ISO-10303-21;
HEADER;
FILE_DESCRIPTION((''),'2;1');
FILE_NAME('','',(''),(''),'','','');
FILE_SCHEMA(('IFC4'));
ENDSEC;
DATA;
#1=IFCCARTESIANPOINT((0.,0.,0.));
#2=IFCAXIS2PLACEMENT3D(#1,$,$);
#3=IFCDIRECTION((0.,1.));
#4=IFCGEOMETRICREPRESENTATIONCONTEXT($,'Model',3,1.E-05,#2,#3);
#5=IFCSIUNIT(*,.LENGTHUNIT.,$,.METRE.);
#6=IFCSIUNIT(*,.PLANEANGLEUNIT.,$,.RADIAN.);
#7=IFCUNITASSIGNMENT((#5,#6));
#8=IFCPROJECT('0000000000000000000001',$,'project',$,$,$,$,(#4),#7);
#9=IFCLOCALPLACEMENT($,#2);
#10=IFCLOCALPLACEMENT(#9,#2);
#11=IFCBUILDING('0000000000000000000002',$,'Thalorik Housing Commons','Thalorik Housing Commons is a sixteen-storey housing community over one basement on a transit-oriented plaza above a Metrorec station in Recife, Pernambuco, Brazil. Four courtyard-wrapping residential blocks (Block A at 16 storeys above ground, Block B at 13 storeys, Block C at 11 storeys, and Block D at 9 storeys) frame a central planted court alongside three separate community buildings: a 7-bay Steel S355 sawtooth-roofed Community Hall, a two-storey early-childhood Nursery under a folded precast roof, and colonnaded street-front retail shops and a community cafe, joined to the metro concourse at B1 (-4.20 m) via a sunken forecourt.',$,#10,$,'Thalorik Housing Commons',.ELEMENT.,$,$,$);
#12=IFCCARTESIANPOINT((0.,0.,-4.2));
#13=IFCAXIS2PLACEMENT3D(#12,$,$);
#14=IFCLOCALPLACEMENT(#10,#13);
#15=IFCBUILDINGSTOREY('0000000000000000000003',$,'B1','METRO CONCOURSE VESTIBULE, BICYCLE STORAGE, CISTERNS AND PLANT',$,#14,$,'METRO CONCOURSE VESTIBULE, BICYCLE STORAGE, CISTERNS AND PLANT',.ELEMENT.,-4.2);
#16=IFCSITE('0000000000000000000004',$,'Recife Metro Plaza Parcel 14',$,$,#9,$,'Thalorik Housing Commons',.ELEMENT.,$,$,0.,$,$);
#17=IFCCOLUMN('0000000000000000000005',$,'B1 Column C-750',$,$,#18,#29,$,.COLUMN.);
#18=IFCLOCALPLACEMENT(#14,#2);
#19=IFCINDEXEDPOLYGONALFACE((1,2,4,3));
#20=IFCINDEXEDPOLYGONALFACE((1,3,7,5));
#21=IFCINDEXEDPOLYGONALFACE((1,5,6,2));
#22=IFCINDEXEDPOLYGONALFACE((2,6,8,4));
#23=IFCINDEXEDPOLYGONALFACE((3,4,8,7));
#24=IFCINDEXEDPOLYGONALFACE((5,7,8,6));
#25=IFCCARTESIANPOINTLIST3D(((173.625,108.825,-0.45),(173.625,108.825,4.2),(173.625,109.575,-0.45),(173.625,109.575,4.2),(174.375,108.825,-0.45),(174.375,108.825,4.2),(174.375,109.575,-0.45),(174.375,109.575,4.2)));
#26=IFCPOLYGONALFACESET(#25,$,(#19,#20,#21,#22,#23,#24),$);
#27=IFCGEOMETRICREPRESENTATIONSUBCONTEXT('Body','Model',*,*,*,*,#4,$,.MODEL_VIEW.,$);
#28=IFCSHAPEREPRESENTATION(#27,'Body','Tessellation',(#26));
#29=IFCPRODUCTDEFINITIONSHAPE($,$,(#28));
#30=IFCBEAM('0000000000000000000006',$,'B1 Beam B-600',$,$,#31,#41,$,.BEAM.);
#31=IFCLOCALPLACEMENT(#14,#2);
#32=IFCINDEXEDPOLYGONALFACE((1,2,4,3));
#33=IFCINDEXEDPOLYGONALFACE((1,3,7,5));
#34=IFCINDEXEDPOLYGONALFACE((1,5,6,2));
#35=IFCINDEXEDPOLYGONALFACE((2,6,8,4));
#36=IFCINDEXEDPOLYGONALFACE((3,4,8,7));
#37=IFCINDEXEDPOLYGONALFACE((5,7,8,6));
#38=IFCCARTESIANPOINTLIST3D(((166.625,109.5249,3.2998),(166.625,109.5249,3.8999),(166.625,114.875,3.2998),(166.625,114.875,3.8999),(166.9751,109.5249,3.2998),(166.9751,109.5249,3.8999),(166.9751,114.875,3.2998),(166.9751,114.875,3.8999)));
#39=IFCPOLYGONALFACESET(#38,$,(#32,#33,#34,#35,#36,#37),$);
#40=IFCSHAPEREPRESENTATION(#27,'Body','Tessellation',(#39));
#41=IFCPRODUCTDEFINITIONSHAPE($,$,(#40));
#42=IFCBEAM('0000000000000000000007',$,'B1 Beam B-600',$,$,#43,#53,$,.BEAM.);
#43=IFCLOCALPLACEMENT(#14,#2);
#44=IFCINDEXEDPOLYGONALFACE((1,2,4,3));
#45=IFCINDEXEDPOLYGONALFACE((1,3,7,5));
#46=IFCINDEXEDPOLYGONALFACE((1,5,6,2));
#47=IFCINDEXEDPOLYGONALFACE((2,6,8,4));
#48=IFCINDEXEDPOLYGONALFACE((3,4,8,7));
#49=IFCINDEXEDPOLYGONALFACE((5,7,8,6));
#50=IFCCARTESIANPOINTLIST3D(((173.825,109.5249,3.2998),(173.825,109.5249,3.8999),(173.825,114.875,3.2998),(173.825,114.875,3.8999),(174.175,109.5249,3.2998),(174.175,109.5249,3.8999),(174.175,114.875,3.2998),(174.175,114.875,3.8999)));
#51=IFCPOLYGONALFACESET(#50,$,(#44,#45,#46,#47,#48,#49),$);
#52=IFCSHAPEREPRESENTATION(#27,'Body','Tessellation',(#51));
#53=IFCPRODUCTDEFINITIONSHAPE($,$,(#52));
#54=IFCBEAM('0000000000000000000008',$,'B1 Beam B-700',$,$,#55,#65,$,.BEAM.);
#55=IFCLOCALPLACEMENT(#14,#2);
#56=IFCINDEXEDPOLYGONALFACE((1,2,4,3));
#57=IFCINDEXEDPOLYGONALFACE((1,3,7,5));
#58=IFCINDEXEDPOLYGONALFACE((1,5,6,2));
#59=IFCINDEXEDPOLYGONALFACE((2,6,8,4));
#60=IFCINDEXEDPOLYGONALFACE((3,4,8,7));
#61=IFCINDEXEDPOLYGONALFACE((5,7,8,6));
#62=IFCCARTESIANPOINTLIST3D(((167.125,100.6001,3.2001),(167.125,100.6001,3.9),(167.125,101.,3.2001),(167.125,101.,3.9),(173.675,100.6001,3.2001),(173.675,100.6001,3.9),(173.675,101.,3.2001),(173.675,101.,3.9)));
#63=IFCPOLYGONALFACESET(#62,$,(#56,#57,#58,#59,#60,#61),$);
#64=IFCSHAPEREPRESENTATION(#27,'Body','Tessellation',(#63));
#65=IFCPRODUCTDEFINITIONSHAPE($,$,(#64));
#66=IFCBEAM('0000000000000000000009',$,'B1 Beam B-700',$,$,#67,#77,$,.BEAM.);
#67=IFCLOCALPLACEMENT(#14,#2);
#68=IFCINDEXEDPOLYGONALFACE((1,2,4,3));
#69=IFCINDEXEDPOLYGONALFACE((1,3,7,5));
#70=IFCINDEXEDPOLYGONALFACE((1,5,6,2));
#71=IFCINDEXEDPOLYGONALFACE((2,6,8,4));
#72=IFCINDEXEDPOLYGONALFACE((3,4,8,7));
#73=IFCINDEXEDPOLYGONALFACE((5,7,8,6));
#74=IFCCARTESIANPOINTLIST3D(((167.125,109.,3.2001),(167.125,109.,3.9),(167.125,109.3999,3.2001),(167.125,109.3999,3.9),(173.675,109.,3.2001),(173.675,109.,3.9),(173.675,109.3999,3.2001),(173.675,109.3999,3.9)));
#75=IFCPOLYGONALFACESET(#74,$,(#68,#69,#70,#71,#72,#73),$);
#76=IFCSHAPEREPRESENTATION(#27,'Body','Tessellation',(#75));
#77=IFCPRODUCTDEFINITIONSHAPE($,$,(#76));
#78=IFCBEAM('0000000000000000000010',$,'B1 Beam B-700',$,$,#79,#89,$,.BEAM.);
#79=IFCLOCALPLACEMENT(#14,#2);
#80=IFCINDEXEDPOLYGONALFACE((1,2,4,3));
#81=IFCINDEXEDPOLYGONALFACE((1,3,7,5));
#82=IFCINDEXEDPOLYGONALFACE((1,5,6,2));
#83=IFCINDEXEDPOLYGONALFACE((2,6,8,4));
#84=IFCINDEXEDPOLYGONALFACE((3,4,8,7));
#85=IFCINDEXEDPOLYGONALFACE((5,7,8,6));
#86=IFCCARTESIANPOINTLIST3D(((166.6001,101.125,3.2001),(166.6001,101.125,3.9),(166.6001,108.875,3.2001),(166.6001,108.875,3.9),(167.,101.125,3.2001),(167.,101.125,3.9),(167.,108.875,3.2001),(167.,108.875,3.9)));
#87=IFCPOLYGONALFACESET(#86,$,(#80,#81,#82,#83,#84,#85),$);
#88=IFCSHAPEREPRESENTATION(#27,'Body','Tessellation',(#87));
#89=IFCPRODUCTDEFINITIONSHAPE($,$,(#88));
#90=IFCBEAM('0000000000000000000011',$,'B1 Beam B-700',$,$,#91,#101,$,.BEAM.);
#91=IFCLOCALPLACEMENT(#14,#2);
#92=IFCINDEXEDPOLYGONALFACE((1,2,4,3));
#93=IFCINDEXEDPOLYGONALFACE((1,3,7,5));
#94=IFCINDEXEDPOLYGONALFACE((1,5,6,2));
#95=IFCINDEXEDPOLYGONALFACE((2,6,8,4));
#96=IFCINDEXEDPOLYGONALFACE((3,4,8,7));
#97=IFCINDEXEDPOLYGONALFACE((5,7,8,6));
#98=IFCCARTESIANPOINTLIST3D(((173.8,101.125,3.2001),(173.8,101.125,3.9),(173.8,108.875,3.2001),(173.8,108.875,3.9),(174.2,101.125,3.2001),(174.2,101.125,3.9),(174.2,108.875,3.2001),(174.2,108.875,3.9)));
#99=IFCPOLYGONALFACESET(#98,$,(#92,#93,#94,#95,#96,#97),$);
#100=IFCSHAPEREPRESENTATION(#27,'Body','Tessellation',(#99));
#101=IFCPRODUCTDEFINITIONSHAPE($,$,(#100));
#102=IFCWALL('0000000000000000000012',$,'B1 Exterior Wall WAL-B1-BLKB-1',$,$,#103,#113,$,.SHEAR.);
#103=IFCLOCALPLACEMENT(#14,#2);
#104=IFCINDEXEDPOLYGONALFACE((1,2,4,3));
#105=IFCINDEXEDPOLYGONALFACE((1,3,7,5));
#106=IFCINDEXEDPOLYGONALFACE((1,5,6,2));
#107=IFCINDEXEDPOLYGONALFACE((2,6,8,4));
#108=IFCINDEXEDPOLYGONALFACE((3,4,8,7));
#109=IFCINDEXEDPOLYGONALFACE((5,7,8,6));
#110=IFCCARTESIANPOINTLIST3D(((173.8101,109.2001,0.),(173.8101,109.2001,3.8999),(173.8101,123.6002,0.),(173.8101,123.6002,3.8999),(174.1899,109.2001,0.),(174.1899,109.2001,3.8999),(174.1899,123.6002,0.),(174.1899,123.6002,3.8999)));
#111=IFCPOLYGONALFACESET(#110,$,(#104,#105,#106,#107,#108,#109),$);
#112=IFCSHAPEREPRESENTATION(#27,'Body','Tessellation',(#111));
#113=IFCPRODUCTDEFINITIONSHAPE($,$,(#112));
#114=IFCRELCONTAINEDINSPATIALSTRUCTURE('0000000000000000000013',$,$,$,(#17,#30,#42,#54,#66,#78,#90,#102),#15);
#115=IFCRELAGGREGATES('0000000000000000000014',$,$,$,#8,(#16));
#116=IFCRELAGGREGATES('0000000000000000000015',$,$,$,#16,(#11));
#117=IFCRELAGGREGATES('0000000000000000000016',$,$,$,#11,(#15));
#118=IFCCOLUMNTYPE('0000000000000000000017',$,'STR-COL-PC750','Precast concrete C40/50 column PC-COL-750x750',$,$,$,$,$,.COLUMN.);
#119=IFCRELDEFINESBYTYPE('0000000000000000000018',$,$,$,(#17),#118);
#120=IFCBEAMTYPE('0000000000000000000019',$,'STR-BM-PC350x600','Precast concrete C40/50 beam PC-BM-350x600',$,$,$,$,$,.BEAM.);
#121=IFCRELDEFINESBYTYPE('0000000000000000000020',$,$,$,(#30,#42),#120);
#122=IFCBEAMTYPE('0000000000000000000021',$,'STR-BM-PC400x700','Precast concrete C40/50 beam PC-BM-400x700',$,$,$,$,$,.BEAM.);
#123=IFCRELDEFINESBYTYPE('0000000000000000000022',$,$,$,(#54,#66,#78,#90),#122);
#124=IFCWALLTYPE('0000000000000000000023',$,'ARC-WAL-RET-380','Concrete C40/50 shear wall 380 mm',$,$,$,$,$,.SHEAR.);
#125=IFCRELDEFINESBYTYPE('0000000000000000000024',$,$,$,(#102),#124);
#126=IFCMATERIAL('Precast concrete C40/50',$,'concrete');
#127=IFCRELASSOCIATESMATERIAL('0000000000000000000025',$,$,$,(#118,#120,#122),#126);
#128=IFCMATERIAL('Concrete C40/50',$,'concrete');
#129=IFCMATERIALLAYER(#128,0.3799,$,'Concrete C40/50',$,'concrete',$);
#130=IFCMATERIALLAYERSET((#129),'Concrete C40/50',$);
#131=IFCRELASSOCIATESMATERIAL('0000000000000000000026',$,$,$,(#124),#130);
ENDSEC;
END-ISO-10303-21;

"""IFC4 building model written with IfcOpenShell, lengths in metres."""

from ifc_helpers import new_model, si_unit, direction, frame, frame_2d, origin, origin_2d, place, context, subcontext, project, spatial, rectangle, extrude, material, layer, layer_set, material_profile, profile_set, type_object, element, save


model = new_model("IFC4")

# Units and contexts
model_context = context("Model", 3, precision=1e-05, world=origin(), true_north=direction((0.0, 1.0)))
body_context = subcontext(model_context, "Body", "Model", "MODEL_VIEW")
ifc_project = project(units=[si_unit("LENGTHUNIT", "METRE"), si_unit("PLANEANGLEUNIT", "RADIAN")], contexts=[model_context])

# Site, building, storey
site_placement = place(None, origin())
site = spatial("IfcSite", under=ifc_project, at=site_placement, Name="Recife Metro Plaza Parcel 14", LongName="Thalorik Housing Commons", CompositionType="ELEMENT", RefElevation=0.0)
building_placement = place(site_placement, origin())
building = spatial("IfcBuilding", under=site, at=building_placement, Name="Thalorik Housing Commons", Description="Thalorik Housing Commons is a sixteen-storey housing community over one basement on a transit-oriented plaza above a Metrorec station in Recife, Pernambuco, Brazil. Four courtyard-wrapping residential blocks (Block A at 16 storeys above ground, Block B at 13 storeys, Block C at 11 storeys, and Block D at 9 storeys) frame a central planted court alongside three separate community buildings: a 7-bay Steel S355 sawtooth-roofed Community Hall, a two-storey early-childhood Nursery under a folded precast roof, and colonnaded street-front retail shops and a community cafe, joined to the metro concourse at B1 (-4.20 m) via a sunken forecourt.", LongName="Thalorik Housing Commons", CompositionType="ELEMENT")
storey_placement = place(building_placement, frame((0.0, 0.0, -4.2)))
storey = spatial("IfcBuildingStorey", under=building, at=storey_placement, Name="B1", Description="METRO CONCOURSE VESTIBULE, BICYCLE STORAGE, CISTERNS AND PLANT", LongName="METRO CONCOURSE VESTIBULE, BICYCLE STORAGE, CISTERNS AND PLANT", CompositionType="ELEMENT", Elevation=-4.2)

# Shared definitions
ifc_material_1 = material(Name="Concrete C40/50", Category="concrete")

# Column
ifc_material_2 = material(Name="Precast concrete C40/50", Category="concrete")
ifc_material_profile_1 = material_profile(ifc_material_2, rectangle(XDim=0.75, YDim=0.75, at=origin_2d()), Name="PC 750x750", Category="concrete")
ifc_profile_set_1 = profile_set([ifc_material_profile_1], Name="Precast concrete C40/50")
column_type = type_object("IfcColumnType", Name="STR-COL-PC750", Description="Precast concrete C40/50 column PC-COL-750x750", PredefinedType="COLUMN", material=ifc_profile_set_1)
for number, where, z_axis, x_axis, name in (
    (1, (174.0, 109.2, -0.45), (0.0, 0.0, 1.0), (1.0, 0.0, 0.0), "B1 Column C-750"),
):
    element("IfcColumn", number, at=place(storey_placement, frame(where, z_axis=z_axis, x_axis=x_axis)), inside=storey, type_object=column_type, Name=name, PredefinedType="COLUMN", context=body_context, shape_type="SweptSolid", body=[
        extrude(rectangle(XDim=0.75, YDim=0.75, at=origin_2d()), origin(), (0.0, 0.0, 1.0), 4.6499),
    ])

# Beams
ifc_material_profile_2 = material_profile(ifc_material_2, rectangle(XDim=0.3501, YDim=0.6001, at=origin_2d()), Name="PC 350x600", Category="concrete")
ifc_profile_set_2 = profile_set([ifc_material_profile_2], Name="Precast concrete C40/50")
beam_type_1 = type_object("IfcBeamType", Name="STR-BM-PC350x600", Description="Precast concrete C40/50 beam PC-BM-350x600", PredefinedType="BEAM", material=ifc_profile_set_2)
for number, where, z_axis, x_axis, name in (
    (2, (166.8, 109.5249, 3.5999), (0.0, 1.0, 0.0), (-1.0, 0.0, 0.0), "B1 Beam B-600"),
    (3, (174.0, 109.5249, 3.5999), (0.0, 1.0, 0.0), (-1.0, 0.0, 0.0), "B1 Beam B-600"),
):
    element("IfcBeam", number, at=place(storey_placement, frame(where, z_axis=z_axis, x_axis=x_axis)), inside=storey, type_object=beam_type_1, Name=name, PredefinedType="BEAM", context=body_context, shape_type="SweptSolid", body=[
        extrude(rectangle(XDim=0.3501, YDim=0.6001, at=origin_2d()), origin(), (0.0, 0.0, 1.0), 5.3501),
    ])
ifc_material_profile_3 = material_profile(ifc_material_2, rectangle(XDim=0.3999, YDim=0.7, at=origin_2d()), Name="PC 400x700", Category="concrete")
ifc_profile_set_3 = profile_set([ifc_material_profile_3], Name="Precast concrete C40/50")
beam_type_2 = type_object("IfcBeamType", Name="STR-BM-PC400x700", Description="Precast concrete C40/50 beam PC-BM-400x700", PredefinedType="BEAM", material=ifc_profile_set_3)
for number, where, z_axis, x_axis, name in (
    (4, (167.125, 100.8, 3.55), (1.0, 0.0, 0.0), (0.0, 1.0, 0.0), "B1 Beam B-700"),
    (5, (167.125, 109.2, 3.55), (1.0, 0.0, 0.0), (0.0, 1.0, 0.0), "B1 Beam B-700"),
):
    element("IfcBeam", number, at=place(storey_placement, frame(where, z_axis=z_axis, x_axis=x_axis)), inside=storey, type_object=beam_type_2, Name=name, PredefinedType="BEAM", context=body_context, shape_type="SweptSolid", body=[
        extrude(rectangle(XDim=0.3999, YDim=0.7, at=origin_2d()), origin(), (0.0, 0.0, 1.0), 6.55),
    ])
for number, where, z_axis, x_axis, name in (
    (6, (166.8, 101.125, 3.55), (0.0, 1.0, 0.0), (-1.0, 0.0, 0.0), "B1 Beam B-700"),
    (7, (174.0, 101.125, 3.55), (0.0, 1.0, 0.0), (-1.0, 0.0, 0.0), "B1 Beam B-700"),
):
    element("IfcBeam", number, at=place(storey_placement, frame(where, z_axis=z_axis, x_axis=x_axis)), inside=storey, type_object=beam_type_2, Name=name, PredefinedType="BEAM", context=body_context, shape_type="SweptSolid", body=[
        extrude(rectangle(XDim=0.3999, YDim=0.7, at=origin_2d()), origin(), (0.0, 0.0, 1.0), 7.75),
    ])

# Wall
ifc_layer = layer(ifc_material_1, 0.3799, Name="Concrete C40/50", Category="concrete")
ifc_layer_set = layer_set([ifc_layer], Name="Concrete C40/50")
wall_type = type_object("IfcWallType", Name="ARC-WAL-RET-380", Description="Concrete C40/50 shear wall 380 mm", PredefinedType="SHEAR", material=ifc_layer_set)
wall_placement = place(storey_placement, frame((174.0, 109.2, 0.0), z_axis=(0.0, 0.0, 1.0), x_axis=(0.0, 1.0, 0.0)))
element("IfcWall", 8, at=wall_placement, inside=storey, type_object=wall_type, Name="B1 Exterior Wall WAL-B1-BLKB-1", PredefinedType="SHEAR", context=body_context, shape_type="SweptSolid", body=[
    extrude(rectangle(XDim=14.4001, YDim=0.3799, at=frame_2d((7.2002, 0.0))), origin(), (0.0, 0.0, 1.0), 3.8999),
])

save(model, "model.ifc")
